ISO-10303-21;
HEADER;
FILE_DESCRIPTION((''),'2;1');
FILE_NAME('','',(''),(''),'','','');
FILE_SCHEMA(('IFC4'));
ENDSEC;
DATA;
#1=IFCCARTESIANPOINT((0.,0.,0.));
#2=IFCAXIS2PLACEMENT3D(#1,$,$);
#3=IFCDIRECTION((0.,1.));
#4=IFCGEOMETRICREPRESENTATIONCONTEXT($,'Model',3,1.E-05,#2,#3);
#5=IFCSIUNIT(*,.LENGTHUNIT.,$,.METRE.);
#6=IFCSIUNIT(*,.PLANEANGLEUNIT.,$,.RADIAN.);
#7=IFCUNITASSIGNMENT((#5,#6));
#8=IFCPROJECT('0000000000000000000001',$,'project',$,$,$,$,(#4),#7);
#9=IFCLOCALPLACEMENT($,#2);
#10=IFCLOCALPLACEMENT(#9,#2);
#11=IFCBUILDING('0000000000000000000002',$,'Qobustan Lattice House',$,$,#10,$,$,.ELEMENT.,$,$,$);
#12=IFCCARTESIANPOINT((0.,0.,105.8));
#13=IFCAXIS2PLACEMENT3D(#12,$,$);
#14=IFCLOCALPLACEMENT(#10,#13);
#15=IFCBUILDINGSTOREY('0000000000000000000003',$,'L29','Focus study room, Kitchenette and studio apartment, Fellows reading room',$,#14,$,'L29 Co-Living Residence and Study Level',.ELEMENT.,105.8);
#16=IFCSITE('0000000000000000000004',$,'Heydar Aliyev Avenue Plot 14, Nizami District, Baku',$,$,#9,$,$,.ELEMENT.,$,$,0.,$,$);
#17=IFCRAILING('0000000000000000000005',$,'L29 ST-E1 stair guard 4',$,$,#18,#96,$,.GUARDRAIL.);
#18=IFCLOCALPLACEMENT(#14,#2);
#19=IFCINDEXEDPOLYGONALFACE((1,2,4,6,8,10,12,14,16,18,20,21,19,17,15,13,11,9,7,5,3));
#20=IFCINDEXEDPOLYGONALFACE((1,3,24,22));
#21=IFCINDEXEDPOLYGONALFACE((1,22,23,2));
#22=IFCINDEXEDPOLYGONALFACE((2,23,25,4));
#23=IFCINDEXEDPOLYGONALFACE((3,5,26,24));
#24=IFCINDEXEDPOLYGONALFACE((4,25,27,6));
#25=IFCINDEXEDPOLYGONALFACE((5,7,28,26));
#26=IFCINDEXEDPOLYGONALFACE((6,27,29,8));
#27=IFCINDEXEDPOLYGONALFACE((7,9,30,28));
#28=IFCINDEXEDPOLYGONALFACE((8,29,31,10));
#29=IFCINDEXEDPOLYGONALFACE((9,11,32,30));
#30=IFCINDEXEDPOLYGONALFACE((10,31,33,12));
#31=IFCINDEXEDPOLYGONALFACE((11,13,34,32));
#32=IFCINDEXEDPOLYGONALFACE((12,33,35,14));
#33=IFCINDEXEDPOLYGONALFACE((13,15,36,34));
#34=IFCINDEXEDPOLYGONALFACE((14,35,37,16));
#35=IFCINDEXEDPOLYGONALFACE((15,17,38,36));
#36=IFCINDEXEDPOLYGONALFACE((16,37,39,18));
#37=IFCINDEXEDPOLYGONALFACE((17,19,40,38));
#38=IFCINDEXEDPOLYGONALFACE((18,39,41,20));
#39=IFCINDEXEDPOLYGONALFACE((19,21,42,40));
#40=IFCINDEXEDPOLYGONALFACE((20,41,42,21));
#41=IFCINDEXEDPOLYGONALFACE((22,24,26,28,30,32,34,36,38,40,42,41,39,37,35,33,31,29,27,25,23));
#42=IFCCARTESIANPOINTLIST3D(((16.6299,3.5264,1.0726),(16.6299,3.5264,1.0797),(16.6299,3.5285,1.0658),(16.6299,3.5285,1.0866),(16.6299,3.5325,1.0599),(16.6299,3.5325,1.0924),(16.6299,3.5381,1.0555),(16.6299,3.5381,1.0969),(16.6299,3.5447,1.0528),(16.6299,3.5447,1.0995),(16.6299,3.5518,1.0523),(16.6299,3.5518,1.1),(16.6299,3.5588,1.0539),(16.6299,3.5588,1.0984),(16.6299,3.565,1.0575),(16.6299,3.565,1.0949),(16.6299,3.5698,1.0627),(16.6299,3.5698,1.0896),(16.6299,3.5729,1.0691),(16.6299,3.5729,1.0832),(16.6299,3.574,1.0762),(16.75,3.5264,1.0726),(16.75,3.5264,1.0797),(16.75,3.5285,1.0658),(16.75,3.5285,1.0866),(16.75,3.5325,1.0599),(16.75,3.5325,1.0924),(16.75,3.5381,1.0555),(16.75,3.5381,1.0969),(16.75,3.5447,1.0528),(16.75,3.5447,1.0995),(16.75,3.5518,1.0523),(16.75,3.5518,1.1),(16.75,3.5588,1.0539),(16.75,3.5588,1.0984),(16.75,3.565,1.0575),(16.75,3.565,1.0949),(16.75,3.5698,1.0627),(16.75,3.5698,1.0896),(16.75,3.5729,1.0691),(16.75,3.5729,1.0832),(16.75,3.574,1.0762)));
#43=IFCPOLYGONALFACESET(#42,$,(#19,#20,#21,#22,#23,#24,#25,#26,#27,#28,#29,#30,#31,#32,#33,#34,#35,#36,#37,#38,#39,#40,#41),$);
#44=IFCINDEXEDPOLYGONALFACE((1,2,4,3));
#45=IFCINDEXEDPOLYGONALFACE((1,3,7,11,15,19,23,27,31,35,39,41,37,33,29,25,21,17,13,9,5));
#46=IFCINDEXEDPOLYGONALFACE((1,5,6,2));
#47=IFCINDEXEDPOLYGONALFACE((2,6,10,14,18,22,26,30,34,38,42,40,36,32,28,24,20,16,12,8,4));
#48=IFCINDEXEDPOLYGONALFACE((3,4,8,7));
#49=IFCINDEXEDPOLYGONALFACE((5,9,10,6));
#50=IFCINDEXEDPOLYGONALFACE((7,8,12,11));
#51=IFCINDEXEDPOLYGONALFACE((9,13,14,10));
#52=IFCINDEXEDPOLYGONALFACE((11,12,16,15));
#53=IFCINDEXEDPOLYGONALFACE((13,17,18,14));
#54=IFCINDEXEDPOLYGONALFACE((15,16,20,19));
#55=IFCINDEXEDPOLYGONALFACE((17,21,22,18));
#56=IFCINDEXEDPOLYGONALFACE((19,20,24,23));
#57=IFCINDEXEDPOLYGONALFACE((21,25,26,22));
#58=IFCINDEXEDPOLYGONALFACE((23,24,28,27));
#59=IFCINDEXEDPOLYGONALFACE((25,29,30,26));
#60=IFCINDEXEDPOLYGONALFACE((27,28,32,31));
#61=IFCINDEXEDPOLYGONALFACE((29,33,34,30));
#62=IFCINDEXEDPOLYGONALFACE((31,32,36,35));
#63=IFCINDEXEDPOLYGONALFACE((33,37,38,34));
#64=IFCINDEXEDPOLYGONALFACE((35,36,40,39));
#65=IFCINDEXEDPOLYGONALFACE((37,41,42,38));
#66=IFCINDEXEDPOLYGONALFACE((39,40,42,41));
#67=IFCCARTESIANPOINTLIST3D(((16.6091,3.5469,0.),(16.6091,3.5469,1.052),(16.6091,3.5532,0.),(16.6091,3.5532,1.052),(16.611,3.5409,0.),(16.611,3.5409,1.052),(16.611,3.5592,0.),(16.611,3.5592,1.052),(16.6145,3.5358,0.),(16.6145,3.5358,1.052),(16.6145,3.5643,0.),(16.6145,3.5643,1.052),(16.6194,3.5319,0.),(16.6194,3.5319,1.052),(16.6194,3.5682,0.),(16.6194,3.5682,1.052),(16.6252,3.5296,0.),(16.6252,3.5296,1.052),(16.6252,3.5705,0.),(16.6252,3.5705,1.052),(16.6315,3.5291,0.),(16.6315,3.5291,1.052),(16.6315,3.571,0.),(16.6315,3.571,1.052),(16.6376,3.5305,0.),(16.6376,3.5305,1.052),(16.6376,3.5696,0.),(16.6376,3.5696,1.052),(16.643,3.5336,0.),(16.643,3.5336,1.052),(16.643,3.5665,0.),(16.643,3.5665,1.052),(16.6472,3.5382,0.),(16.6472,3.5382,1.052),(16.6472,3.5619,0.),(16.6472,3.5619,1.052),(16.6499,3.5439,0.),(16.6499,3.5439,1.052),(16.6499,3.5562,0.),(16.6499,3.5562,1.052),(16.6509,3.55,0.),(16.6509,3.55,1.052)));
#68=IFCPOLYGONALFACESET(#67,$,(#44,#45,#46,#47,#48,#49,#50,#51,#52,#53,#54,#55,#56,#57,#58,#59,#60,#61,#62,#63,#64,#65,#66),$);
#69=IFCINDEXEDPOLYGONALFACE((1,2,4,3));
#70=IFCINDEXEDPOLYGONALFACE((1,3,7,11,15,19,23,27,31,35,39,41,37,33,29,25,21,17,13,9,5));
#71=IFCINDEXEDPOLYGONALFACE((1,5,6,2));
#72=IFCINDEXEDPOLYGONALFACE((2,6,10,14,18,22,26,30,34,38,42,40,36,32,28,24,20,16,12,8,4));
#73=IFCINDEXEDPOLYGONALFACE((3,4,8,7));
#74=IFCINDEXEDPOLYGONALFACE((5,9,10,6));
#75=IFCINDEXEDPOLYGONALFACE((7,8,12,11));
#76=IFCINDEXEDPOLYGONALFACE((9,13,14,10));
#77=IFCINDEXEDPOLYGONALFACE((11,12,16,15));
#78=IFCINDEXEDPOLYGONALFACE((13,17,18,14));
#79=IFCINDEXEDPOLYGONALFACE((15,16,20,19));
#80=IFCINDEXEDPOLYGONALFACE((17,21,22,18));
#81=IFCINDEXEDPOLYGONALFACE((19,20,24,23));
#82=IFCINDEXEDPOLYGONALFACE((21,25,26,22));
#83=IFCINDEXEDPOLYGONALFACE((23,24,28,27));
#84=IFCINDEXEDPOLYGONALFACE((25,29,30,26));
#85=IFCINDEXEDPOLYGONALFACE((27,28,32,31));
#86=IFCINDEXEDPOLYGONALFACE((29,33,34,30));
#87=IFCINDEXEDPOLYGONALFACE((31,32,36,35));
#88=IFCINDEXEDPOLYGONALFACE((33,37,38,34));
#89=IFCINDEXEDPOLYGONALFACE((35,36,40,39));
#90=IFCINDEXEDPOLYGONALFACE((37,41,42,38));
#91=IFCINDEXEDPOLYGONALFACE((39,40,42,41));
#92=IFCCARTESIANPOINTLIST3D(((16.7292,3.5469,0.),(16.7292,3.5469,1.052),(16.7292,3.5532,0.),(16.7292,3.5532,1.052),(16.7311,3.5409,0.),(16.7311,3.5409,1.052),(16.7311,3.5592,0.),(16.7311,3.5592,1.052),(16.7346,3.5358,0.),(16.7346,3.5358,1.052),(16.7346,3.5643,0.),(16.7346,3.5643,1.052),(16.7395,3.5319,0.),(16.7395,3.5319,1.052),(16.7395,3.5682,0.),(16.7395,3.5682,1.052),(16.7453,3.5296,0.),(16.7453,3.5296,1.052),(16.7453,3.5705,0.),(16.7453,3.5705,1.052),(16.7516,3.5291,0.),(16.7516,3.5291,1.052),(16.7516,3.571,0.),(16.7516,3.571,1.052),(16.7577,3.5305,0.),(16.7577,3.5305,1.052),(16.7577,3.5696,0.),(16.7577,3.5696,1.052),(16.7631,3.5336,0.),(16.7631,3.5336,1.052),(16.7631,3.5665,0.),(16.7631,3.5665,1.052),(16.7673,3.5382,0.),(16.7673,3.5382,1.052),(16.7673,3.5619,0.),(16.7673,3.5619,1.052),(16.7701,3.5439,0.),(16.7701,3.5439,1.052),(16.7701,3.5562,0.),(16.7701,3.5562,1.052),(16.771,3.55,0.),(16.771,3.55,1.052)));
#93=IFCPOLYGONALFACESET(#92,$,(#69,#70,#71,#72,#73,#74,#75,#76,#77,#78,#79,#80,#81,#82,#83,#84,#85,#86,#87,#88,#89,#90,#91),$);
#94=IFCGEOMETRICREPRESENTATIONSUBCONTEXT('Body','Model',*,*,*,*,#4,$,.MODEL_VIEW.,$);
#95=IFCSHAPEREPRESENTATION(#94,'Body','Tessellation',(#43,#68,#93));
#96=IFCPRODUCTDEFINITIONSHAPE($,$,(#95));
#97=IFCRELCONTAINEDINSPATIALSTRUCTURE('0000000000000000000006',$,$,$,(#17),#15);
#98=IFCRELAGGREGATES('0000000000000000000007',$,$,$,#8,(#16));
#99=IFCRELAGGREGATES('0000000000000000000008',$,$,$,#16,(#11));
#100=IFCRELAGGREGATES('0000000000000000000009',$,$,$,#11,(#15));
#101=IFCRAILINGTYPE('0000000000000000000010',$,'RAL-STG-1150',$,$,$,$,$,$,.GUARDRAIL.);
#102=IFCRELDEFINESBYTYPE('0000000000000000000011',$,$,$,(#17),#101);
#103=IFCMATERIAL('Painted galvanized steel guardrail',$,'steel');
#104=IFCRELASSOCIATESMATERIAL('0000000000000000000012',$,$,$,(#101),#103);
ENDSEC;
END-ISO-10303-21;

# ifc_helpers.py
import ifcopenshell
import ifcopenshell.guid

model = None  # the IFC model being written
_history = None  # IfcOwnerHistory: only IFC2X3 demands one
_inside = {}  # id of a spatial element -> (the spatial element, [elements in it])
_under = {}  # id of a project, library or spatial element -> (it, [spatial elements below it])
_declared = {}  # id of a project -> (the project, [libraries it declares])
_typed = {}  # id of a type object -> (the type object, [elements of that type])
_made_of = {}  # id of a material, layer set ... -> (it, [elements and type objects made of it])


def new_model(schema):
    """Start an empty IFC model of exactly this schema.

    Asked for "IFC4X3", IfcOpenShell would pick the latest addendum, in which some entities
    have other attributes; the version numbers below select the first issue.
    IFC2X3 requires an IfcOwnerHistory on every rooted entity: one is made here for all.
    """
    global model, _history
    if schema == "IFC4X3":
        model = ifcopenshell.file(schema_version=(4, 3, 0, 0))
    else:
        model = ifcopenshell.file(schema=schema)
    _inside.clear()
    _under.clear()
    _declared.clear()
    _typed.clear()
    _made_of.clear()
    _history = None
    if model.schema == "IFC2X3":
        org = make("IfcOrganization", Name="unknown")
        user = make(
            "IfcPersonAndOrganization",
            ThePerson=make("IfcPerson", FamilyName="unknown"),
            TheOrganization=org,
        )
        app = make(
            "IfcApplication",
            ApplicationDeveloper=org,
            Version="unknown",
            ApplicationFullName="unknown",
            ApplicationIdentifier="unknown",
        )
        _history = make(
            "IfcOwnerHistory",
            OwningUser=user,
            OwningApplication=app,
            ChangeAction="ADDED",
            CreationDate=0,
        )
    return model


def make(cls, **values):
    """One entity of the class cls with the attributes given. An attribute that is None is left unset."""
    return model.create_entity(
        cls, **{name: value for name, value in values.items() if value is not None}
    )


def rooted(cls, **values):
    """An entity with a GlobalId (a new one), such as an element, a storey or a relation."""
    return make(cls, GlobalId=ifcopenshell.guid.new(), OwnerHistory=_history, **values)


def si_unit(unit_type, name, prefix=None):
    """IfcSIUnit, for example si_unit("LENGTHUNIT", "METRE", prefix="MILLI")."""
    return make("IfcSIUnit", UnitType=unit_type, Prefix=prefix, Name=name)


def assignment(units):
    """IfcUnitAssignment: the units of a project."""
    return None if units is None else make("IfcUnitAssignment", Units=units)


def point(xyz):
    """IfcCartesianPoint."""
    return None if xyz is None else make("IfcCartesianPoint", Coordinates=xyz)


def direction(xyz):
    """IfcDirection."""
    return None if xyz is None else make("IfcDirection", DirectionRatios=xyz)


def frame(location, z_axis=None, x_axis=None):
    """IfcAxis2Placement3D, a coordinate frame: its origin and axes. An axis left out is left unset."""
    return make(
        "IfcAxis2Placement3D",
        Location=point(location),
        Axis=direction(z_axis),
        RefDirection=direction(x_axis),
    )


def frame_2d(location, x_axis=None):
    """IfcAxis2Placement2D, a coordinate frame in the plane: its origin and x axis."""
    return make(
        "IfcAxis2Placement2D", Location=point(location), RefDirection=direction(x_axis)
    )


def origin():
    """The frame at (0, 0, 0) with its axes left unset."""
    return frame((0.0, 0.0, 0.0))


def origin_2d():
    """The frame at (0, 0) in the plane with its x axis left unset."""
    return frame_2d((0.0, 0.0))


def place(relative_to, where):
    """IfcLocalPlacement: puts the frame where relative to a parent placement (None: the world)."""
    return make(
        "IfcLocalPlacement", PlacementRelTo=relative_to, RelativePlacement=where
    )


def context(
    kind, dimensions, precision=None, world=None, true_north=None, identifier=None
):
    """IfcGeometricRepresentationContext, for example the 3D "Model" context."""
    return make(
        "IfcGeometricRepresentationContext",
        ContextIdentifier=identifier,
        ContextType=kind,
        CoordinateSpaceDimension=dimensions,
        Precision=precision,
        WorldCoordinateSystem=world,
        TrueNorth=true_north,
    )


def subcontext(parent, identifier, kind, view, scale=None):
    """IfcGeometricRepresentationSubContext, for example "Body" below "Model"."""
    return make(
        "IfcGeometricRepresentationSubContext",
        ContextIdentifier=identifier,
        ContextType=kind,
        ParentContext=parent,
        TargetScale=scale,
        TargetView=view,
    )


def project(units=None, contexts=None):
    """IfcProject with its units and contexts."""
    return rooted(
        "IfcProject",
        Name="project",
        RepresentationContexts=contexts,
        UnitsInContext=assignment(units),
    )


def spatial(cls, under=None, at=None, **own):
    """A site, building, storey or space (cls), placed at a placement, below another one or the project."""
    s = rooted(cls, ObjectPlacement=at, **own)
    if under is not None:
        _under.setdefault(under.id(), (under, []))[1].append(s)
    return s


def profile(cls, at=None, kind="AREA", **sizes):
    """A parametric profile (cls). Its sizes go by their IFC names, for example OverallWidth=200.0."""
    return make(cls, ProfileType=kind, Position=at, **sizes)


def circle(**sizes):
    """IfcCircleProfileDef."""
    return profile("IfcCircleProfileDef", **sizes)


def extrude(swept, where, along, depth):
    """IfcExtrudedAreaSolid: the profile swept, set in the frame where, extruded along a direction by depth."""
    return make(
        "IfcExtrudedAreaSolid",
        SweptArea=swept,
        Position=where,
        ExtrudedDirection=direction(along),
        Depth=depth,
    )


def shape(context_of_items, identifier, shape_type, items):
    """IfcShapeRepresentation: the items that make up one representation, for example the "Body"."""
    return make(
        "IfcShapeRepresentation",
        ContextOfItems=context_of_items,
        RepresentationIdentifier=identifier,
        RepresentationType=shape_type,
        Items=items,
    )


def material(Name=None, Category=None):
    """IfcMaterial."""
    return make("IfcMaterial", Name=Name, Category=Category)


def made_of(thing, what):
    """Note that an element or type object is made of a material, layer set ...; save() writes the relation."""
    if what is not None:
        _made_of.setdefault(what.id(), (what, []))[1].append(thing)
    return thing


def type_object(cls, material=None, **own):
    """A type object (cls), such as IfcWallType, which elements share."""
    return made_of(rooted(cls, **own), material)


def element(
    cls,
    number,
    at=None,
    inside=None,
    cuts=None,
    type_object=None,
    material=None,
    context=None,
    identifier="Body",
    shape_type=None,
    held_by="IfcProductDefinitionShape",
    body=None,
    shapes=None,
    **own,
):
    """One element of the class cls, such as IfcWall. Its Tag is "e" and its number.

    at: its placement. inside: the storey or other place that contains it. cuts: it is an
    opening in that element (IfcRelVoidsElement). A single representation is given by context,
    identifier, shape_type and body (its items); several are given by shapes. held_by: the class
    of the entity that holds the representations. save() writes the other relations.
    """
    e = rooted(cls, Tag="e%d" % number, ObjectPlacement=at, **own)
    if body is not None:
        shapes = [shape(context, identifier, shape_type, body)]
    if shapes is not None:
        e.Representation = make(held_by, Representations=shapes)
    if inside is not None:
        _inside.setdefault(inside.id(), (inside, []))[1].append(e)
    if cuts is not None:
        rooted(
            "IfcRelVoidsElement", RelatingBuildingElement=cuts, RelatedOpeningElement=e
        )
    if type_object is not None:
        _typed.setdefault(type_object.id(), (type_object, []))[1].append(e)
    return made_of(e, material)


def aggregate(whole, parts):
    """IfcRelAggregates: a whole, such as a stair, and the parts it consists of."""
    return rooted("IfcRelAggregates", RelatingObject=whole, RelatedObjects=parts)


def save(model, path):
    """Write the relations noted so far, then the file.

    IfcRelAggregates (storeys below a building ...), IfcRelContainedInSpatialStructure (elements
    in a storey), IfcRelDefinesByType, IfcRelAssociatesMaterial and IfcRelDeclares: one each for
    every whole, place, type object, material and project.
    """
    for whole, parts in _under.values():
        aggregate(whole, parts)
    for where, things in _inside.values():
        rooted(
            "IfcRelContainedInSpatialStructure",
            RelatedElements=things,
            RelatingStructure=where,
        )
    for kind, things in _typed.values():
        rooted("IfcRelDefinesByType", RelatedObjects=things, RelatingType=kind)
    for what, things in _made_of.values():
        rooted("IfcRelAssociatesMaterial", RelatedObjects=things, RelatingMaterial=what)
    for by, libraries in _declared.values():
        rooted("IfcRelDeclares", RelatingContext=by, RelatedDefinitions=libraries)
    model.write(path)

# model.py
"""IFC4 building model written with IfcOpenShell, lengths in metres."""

from ifc_helpers import new_model, si_unit, direction, frame, origin, origin_2d, place, context, subcontext, project, spatial, circle, extrude, material, type_object, element, save


model = new_model("IFC4")

# Units and contexts
model_context = context("Model", 3, precision=1e-05, world=origin(), true_north=direction((0.0, 1.0)))
body_context = subcontext(model_context, "Body", "Model", "MODEL_VIEW")
ifc_project = project(units=[si_unit("LENGTHUNIT", "METRE"), si_unit("PLANEANGLEUNIT", "RADIAN")], contexts=[model_context])

# Site, building, storey
site_placement = place(None, origin())
site = spatial("IfcSite", under=ifc_project, at=site_placement, Name="Heydar Aliyev Avenue Plot 14, Nizami District, Baku", CompositionType="ELEMENT", RefElevation=0.0)
building_placement = place(site_placement, origin())
building = spatial("IfcBuilding", under=site, at=building_placement, Name="Qobustan Lattice House", CompositionType="ELEMENT")
storey_placement = place(building_placement, frame((0.0, 0.0, 105.8)))
storey = spatial("IfcBuildingStorey", under=building, at=storey_placement, Name="L29", Description="Focus study room, Kitchenette and studio apartment, Fellows reading room", LongName="L29 Co-Living Residence and Study Level", CompositionType="ELEMENT", Elevation=105.8)

# Railing
ifc_material_1 = material(Name="Painted galvanized steel guardrail", Category="steel")
railing_type_1 = type_object("IfcRailingType", Name="RAL-STG-1150", PredefinedType="GUARDRAIL", material=ifc_material_1)
railing_1_placement = place(storey_placement, frame((16.6299, 3.55, 0.0)))
element("IfcRailing", 1, at=railing_1_placement, inside=storey, type_object=railing_type_1, Name="L29 ST-E1 stair guard 4", PredefinedType="GUARDRAIL", context=body_context, shape_type="SweptSolid", body=[
    extrude(circle(Radius=0.0239, at=origin_2d()), frame((0.0, 0.0, 1.0762), z_axis=(1.0, 0.0, 0.0), x_axis=(0.0, 1.0, 0.0)), (0.0, 0.0, 1.0), 0.1201),
    extrude(circle(Radius=0.021, at=origin_2d()), origin(), (0.0, 0.0, 1.0), 1.052),
    extrude(circle(Radius=0.021, at=origin_2d()), frame((0.1201, 0.0, 0.0)), (0.0, 0.0, 1.0), 1.052),
])

save(model, "model.ifc")
